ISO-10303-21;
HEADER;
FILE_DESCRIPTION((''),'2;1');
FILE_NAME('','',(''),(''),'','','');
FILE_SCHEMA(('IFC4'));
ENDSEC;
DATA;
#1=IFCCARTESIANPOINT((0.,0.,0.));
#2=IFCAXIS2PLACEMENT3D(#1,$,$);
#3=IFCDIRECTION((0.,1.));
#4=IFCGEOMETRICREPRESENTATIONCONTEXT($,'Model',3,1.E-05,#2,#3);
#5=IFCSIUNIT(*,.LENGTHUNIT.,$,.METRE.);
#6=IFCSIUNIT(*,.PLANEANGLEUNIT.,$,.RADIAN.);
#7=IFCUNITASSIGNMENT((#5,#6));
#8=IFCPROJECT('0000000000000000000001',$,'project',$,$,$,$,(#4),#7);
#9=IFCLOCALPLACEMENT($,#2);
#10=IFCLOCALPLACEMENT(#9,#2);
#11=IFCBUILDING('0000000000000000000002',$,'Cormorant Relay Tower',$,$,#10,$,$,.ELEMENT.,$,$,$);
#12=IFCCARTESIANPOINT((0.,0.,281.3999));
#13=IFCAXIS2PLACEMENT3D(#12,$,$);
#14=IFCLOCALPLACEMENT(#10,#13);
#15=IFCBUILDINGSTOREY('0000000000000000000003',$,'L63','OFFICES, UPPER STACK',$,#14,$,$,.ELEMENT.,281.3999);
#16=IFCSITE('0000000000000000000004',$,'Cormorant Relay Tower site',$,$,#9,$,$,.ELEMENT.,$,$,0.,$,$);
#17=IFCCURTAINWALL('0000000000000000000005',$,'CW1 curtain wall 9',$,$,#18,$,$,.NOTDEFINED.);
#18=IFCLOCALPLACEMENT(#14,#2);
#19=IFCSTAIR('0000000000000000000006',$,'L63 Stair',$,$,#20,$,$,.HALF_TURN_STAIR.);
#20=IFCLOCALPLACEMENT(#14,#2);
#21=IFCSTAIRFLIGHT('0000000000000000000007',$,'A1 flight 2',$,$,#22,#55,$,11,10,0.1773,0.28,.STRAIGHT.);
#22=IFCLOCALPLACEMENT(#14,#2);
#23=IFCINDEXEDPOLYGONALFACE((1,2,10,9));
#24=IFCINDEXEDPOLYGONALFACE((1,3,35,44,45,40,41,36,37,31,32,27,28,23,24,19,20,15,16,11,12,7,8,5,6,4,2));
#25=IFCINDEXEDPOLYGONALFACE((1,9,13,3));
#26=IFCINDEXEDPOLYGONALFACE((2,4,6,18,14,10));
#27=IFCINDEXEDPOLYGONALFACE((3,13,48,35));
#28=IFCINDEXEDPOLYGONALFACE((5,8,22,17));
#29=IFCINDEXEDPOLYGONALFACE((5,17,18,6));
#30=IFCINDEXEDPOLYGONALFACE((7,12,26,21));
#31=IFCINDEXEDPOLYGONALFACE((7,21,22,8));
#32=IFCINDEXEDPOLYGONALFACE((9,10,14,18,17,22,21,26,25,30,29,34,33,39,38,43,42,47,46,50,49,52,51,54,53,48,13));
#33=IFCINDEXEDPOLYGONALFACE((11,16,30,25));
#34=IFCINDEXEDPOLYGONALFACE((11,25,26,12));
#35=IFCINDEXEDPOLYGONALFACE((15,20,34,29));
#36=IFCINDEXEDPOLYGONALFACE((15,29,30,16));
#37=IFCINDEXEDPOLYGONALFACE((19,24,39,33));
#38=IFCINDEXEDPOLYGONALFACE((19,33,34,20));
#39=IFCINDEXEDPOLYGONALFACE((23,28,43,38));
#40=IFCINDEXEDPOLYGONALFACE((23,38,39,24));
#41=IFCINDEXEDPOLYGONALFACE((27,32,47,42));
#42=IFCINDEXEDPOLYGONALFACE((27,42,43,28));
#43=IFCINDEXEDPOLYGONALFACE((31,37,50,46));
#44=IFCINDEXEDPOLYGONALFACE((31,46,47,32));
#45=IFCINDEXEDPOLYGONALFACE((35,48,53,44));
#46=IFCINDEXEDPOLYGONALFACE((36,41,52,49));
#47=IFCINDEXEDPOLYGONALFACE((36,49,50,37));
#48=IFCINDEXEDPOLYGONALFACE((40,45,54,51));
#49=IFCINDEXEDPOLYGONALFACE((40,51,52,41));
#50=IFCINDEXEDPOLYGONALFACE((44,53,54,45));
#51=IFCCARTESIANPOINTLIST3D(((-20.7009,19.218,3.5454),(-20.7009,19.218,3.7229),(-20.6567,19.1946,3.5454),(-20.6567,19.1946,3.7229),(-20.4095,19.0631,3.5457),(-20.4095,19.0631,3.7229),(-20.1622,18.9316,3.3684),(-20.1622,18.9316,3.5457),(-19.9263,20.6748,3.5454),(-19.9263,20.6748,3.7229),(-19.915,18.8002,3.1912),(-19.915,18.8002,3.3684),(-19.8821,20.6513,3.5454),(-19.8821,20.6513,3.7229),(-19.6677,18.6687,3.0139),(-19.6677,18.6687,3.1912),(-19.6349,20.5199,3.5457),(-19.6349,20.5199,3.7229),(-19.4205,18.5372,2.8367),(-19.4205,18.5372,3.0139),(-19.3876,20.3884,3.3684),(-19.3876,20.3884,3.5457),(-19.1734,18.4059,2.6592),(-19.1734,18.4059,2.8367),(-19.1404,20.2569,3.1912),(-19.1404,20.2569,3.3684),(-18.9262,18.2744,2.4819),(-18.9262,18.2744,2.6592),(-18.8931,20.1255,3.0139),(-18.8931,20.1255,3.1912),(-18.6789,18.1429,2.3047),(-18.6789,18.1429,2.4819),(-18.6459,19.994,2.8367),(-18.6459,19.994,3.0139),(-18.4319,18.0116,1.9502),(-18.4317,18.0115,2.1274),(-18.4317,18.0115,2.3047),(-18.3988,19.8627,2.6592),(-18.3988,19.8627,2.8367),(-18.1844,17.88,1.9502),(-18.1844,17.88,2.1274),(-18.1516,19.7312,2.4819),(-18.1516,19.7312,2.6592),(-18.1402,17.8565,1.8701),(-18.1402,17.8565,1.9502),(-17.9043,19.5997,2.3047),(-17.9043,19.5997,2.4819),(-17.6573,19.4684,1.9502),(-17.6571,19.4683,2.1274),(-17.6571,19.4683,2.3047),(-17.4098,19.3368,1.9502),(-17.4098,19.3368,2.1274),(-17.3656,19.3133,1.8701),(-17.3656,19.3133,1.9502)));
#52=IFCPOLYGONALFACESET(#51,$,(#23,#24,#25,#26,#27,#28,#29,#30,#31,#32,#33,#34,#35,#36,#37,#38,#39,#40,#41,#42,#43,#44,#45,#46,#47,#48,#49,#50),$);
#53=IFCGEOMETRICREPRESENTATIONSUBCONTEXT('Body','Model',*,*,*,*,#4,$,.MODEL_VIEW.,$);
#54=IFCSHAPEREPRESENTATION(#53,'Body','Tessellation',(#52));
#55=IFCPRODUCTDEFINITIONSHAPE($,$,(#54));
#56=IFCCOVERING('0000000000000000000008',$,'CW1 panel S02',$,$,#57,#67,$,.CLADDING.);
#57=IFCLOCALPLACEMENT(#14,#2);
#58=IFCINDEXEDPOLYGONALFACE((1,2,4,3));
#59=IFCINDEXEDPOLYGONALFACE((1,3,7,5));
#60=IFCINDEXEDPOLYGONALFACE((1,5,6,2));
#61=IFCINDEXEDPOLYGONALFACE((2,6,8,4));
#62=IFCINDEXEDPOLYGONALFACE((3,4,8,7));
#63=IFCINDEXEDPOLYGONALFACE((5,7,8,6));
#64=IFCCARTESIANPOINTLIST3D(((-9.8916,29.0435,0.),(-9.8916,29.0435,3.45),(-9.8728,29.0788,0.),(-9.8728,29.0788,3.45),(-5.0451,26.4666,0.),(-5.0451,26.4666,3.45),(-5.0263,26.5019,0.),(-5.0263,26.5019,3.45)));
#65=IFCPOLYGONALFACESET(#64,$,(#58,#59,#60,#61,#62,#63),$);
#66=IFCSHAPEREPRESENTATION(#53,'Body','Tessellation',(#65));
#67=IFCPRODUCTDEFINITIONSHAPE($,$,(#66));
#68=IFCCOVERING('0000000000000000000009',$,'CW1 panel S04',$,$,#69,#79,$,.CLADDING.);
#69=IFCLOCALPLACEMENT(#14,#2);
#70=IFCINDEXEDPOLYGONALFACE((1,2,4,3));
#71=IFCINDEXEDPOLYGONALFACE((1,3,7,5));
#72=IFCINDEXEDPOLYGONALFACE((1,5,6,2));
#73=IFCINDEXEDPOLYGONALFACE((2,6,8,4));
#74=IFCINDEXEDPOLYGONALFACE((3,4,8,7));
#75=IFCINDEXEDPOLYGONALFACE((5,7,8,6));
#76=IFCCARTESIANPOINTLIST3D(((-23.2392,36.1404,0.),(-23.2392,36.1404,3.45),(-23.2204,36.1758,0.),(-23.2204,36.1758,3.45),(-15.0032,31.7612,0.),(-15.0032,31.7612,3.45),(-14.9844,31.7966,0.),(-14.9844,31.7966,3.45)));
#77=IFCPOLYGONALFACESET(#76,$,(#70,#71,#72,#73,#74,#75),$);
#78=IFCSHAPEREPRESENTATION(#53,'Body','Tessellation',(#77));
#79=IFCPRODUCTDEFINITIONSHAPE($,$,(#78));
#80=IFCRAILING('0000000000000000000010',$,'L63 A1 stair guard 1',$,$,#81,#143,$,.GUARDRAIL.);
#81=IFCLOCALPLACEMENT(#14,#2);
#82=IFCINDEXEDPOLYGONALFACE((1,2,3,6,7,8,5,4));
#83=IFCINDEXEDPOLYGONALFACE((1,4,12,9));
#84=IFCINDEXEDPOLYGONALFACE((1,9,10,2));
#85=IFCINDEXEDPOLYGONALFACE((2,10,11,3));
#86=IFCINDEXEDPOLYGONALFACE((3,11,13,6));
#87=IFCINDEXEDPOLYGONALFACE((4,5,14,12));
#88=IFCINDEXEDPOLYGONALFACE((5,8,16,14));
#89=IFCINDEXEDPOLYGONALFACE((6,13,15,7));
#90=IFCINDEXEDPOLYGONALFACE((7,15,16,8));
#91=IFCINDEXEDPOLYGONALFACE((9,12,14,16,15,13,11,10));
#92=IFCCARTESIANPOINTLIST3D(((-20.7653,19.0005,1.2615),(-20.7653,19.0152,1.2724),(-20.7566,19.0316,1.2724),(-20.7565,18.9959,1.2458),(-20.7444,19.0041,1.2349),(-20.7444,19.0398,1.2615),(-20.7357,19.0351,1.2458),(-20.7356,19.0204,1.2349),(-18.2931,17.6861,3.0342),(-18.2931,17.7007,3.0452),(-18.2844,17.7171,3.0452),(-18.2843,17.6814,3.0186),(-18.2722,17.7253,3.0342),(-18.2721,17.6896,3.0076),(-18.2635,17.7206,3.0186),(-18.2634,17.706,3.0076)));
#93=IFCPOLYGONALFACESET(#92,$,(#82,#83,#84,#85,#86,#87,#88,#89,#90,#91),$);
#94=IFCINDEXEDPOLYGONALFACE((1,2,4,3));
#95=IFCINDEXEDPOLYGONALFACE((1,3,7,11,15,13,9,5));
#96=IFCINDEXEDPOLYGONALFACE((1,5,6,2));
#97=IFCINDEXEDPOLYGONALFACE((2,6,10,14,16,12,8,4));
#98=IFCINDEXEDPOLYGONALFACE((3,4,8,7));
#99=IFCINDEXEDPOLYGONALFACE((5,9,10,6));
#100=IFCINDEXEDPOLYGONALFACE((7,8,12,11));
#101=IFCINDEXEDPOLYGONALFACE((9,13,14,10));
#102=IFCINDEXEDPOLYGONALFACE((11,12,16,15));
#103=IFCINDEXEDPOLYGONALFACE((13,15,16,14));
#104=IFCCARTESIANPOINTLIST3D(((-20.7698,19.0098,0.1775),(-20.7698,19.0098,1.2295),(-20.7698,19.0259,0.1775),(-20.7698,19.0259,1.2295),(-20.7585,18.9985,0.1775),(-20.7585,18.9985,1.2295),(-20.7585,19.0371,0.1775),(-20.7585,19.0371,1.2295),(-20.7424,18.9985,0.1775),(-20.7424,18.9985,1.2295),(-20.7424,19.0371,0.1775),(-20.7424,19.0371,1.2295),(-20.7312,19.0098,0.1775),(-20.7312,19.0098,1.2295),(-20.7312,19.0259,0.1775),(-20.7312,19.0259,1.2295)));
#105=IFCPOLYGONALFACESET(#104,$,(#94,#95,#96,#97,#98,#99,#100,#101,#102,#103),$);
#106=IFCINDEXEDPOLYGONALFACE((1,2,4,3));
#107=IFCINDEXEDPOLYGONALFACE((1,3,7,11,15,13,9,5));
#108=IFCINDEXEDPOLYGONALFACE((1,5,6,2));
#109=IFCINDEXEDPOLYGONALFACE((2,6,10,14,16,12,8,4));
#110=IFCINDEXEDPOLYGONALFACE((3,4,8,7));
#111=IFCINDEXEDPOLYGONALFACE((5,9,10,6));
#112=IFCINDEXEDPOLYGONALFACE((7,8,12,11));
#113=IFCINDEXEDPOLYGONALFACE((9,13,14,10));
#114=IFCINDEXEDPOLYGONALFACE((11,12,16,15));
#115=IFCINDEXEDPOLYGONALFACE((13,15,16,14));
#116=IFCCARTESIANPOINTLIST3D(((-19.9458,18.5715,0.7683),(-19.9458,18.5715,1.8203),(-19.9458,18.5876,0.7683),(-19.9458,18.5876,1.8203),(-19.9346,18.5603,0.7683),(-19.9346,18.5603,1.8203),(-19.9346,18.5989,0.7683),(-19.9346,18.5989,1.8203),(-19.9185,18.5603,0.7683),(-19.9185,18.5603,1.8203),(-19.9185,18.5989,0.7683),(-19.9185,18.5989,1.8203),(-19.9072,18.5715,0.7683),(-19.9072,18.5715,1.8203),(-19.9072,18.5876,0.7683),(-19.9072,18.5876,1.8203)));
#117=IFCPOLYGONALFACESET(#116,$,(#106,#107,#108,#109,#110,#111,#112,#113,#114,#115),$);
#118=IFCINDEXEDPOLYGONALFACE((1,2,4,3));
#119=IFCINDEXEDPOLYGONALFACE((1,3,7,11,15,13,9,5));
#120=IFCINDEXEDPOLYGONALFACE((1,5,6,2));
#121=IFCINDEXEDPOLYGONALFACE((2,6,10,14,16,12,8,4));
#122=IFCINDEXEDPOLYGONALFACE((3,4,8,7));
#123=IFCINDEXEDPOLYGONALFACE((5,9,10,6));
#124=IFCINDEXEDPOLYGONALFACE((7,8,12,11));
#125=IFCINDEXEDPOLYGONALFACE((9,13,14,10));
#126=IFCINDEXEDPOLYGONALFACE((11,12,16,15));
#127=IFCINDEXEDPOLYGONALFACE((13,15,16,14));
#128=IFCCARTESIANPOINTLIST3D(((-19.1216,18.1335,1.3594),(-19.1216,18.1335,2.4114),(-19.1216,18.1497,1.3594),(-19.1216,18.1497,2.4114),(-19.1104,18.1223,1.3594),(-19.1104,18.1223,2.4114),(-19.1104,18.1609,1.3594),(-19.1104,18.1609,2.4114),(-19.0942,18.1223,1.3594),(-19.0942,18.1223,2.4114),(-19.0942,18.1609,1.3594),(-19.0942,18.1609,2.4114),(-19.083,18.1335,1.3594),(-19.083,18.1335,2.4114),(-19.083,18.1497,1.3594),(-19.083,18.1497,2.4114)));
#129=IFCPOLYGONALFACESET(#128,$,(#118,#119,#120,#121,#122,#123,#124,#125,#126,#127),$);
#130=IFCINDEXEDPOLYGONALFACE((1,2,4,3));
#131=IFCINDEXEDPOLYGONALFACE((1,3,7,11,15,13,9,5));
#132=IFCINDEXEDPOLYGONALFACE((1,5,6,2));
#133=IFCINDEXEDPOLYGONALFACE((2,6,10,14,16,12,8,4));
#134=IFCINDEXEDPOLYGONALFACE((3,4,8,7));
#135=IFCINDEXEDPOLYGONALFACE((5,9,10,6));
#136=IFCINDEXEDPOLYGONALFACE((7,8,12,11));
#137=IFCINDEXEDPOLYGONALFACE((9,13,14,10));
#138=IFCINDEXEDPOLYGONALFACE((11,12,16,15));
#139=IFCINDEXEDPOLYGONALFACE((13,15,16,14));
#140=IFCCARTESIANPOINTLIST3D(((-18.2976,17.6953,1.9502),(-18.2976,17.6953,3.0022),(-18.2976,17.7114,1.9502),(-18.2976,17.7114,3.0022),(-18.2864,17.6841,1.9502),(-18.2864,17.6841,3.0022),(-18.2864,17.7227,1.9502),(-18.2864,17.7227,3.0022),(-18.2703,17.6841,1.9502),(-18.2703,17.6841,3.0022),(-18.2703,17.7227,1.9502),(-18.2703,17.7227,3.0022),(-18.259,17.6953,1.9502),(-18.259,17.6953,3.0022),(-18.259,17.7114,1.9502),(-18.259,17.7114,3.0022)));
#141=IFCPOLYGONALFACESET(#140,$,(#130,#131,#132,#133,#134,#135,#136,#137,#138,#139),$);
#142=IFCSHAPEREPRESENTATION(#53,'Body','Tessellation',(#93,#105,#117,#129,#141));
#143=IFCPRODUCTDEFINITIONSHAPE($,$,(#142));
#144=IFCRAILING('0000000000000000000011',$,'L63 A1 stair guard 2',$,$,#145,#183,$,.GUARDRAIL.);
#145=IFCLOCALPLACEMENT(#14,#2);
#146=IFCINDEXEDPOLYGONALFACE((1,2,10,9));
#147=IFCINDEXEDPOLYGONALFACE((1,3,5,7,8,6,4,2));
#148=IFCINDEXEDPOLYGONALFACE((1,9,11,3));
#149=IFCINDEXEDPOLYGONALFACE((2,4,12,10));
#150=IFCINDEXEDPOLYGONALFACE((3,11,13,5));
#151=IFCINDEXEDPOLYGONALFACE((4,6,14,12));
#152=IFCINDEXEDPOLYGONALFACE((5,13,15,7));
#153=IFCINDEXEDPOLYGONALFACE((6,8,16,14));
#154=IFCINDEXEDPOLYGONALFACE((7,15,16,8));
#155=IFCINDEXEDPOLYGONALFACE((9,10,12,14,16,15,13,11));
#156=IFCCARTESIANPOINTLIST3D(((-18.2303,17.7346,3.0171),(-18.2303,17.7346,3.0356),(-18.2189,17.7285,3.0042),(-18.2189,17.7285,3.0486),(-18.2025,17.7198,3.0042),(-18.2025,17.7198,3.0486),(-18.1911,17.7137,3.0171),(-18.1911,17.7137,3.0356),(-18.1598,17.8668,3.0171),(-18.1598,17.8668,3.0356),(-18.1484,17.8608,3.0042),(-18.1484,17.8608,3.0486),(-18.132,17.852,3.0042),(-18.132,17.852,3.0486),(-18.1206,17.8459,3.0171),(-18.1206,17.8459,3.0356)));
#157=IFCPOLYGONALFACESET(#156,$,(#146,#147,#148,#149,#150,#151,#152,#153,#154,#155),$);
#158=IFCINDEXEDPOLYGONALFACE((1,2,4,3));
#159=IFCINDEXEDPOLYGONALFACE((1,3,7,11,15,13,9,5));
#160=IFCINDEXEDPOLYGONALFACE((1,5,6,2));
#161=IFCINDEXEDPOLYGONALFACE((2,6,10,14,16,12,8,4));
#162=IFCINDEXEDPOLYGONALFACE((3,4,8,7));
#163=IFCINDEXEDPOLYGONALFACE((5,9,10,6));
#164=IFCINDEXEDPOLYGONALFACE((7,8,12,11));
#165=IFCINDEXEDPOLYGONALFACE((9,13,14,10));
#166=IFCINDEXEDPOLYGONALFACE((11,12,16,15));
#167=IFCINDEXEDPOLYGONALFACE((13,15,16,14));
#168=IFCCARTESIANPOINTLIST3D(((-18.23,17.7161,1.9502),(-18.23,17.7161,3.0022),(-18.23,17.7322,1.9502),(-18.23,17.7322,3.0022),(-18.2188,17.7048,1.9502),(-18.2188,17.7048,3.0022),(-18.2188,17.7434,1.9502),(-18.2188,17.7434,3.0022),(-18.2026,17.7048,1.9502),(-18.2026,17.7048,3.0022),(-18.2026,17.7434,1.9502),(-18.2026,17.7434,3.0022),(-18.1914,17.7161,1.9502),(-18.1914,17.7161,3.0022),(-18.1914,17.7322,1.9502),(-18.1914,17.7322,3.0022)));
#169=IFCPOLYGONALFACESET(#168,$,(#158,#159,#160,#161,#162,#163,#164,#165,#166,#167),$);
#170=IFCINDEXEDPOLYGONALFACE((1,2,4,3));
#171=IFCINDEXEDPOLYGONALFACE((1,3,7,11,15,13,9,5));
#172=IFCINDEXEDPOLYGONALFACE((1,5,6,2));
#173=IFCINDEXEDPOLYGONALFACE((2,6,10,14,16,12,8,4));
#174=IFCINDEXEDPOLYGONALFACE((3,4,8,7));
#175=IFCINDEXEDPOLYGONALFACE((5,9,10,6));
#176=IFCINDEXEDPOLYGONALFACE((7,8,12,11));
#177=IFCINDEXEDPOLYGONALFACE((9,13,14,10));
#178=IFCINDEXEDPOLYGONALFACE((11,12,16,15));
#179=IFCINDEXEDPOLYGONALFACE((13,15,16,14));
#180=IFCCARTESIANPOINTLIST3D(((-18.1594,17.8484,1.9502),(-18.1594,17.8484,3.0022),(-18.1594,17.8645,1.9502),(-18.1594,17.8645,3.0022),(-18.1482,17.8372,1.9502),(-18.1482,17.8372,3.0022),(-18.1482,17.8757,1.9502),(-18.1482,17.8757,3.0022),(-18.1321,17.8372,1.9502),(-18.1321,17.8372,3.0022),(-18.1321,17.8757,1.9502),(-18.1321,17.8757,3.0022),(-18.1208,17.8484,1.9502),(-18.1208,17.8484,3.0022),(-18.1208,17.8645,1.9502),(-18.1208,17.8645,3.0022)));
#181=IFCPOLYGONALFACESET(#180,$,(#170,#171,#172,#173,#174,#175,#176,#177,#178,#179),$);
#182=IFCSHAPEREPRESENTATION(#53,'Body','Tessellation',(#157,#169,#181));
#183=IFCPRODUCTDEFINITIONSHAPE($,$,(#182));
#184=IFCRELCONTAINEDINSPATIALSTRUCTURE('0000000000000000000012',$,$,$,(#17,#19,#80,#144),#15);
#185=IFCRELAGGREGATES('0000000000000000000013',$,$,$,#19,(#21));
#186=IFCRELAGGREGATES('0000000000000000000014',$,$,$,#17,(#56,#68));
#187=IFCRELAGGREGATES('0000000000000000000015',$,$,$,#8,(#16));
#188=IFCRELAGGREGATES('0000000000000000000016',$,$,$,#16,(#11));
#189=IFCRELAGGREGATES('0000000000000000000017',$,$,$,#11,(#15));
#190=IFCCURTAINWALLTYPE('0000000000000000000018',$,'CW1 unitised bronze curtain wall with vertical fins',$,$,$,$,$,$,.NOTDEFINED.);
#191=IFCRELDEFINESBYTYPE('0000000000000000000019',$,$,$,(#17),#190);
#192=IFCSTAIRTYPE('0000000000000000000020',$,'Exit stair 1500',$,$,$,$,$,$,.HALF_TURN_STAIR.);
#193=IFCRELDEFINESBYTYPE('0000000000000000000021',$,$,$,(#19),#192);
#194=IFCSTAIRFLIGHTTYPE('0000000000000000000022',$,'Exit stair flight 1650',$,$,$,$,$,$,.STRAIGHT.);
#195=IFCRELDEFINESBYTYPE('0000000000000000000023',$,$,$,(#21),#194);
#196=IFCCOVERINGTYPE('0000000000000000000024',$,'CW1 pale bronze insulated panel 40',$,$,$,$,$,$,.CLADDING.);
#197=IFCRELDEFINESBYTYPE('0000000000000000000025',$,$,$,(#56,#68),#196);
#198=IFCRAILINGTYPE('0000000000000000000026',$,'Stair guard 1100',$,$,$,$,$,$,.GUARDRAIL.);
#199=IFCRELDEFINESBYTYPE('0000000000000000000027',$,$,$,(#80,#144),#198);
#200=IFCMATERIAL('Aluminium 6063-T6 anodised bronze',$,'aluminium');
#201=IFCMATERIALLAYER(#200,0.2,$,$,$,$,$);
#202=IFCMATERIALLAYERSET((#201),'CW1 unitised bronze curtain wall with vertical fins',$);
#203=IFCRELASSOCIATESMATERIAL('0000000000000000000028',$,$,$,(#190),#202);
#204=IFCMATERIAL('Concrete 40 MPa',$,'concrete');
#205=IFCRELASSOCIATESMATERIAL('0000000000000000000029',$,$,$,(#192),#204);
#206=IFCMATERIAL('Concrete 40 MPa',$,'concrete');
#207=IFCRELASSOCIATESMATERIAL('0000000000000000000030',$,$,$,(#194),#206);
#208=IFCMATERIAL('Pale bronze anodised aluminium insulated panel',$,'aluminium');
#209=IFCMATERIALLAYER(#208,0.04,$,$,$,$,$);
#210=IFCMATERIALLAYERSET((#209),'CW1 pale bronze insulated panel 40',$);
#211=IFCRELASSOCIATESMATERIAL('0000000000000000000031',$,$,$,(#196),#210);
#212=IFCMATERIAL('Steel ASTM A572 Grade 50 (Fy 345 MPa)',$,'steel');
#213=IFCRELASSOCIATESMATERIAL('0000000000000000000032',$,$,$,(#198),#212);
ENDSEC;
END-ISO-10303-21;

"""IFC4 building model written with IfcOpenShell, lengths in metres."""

from ifc_helpers import new_model, si_unit, direction, frame, origin, origin_2d, place, context, subcontext, project, spatial, polyline, rectangle, outline, extrude, material, layer, layer_set, type_object, element, aggregate, save


model = new_model("IFC4")

# Units and contexts
model_context = context("Model", 3, precision=1e-05, world=origin(), true_north=direction((0.0, 1.0)))
body_context = subcontext(model_context, "Body", "Model", "MODEL_VIEW")
ifc_project = project(units=[si_unit("LENGTHUNIT", "METRE"), si_unit("PLANEANGLEUNIT", "RADIAN")], contexts=[model_context])

# Site, building, storey
site_placement = place(None, origin())
site = spatial("IfcSite", under=ifc_project, at=site_placement, Name="Cormorant Relay Tower site", CompositionType="ELEMENT", RefElevation=0.0)
building_placement = place(site_placement, origin())
building = spatial("IfcBuilding", under=site, at=building_placement, Name="Cormorant Relay Tower", CompositionType="ELEMENT")
storey_placement = place(building_placement, frame((0.0, 0.0, 281.3999)))
storey = spatial("IfcBuildingStorey", under=building, at=storey_placement, Name="L63", Description="OFFICES, UPPER STACK", CompositionType="ELEMENT", Elevation=281.3999)

# Curtain wall
ifc_material_1 = material(Name="Aluminium 6063-T6 anodised bronze", Category="aluminium")
ifc_layer_1 = layer(ifc_material_1, 0.2)
ifc_layer_set_1 = layer_set([ifc_layer_1], Name="CW1 unitised bronze curtain wall with vertical fins")
curtain_wall_type = type_object("IfcCurtainWallType", Name="CW1 unitised bronze curtain wall with vertical fins", PredefinedType="NOTDEFINED", material=ifc_layer_set_1)
curtain_wall_placement = place(storey_placement, origin())
curtain_wall = element("IfcCurtainWall", 1, at=curtain_wall_placement, inside=storey, type_object=curtain_wall_type, Name="CW1 curtain wall 9", PredefinedType="NOTDEFINED")

# Stair, stair flight
ifc_material_2 = material(Name="Concrete 40 MPa", Category="concrete")
stair_type = type_object("IfcStairType", Name="Exit stair 1500", PredefinedType="HALF_TURN_STAIR", material=ifc_material_2)
stair_placement = place(storey_placement, origin())
stair = element("IfcStair", 2, at=stair_placement, inside=storey, type_object=stair_type, Name="L63 Stair", PredefinedType="HALF_TURN_STAIR")
ifc_material_3 = material(Name="Concrete 40 MPa", Category="concrete")
stair_flight_type = type_object("IfcStairFlightType", Name="Exit stair flight 1650", PredefinedType="STRAIGHT", material=ifc_material_3)
stair_flight_1_placement = place(storey_placement, frame((-17.7971, 18.6084, 1.9502), z_axis=(0.0, 0.0, 1.0), x_axis=(-0.882948, 0.469472, 0.0)))
stair_flight_1 = element("IfcStairFlight", 3, at=stair_flight_1_placement, type_object=stair_flight_type, Name="A1 flight 2", NumberOfRisers=11, NumberOfTreads=10, PredefinedType="STRAIGHT", RiserHeight=0.1773, TreadLength=0.28, context=body_context, shape_type="SweptSolid", body=[
    extrude(outline(polyline([(-0.05, -0.0801), (-0.05, 0.0), (0.0, 0.0), (0.0, 0.1772), (0.28, 0.1772), (0.28, 0.3545), (0.5601, 0.3545), (0.5601, 0.5317), (0.8401, 0.5317), (0.8401, 0.709), (1.1201, 0.709), (1.1201, 0.8865), (1.3999, 0.8865), (1.3999, 1.0637), (1.6799, 1.0637), (1.6799, 1.241), (1.96, 1.241), (1.96, 1.4182), (2.24, 1.4182), (2.24, 1.5955), (2.52, 1.5955), (2.52, 1.7727), (2.8, 1.7727), (2.8501, 1.7727), (2.8501, 1.5952), (2.8, 1.5952), (0.2803, 0.0), (-0.05, -0.0801)])), frame((0.0, 0.825, 0.0), z_axis=(0.0, -1.0, 0.0), x_axis=(1.0, 0.0, 0.0)), (0.0, 0.0, 1.0), 1.6499),
])
aggregate(stair, [stair_flight_1])

# Coverings
ifc_material_4 = material(Name="Pale bronze anodised aluminium insulated panel", Category="aluminium")
ifc_layer_2 = layer(ifc_material_4, 0.04)
ifc_layer_set_2 = layer_set([ifc_layer_2], Name="CW1 pale bronze insulated panel 40")
covering_type = type_object("IfcCoveringType", Name="CW1 pale bronze insulated panel 40", PredefinedType="CLADDING", material=ifc_layer_set_2)
covering_1_placement = place(storey_placement, frame((-7.459, 27.7727, 0.0), z_axis=(0.0, 0.0, 1.0), x_axis=(-0.882948, 0.469472, 0.0)))
covering_1 = element("IfcCovering", 4, at=covering_1_placement, type_object=covering_type, Name="CW1 panel S02", PredefinedType="CLADDING", context=body_context, shape_type="SweptSolid", body=[
    extrude(rectangle(XDim=5.489, YDim=0.04, at=origin_2d()), origin(), (0.0, 0.0, 1.0), 3.45),
])
covering_2_placement = place(storey_placement, frame((-19.1118, 33.9685, 0.0), z_axis=(0.0, 0.0, 1.0), x_axis=(-0.882948, 0.469472, 0.0)))
covering_2 = element("IfcCovering", 5, at=covering_2_placement, type_object=covering_type, Name="CW1 panel S04", PredefinedType="CLADDING", context=body_context, shape_type="SweptSolid", body=[
    extrude(rectangle(XDim=9.3279, YDim=0.04, at=origin_2d()), origin(), (0.0, 0.0, 1.0), 3.45),
])
aggregate(curtain_wall, [covering_1, covering_2])

# Railings
ifc_material_5 = material(Name="Steel ASTM A572 Grade 50 (Fy 345 MPa)", Category="steel")
railing_type_1 = type_object("IfcRailingType", Name="Stair guard 1100", PredefinedType="GUARDRAIL", material=ifc_material_5)
railing_1_placement = place(storey_placement, frame((-20.7505, 19.0178, 0.1775)))
element("IfcRailing", 6, at=railing_1_placement, inside=storey, type_object=railing_type_1, Name="L63 A1 stair guard 1", PredefinedType="GUARDRAIL", context=body_context, shape_type="SweptSolid", body=[
    extrude(outline(polyline([(0.0222, 0.0093), (0.0093, 0.0222), (-0.0093, 0.0222), (-0.0222, 0.0093), (-0.0222, -0.0093), (-0.0093, -0.0222), (0.0093, -0.0222), (0.0222, -0.0093), (0.0222, 0.0093)])), frame((0.0, 0.0, 1.0762), z_axis=(0.746001, -0.396649, 0.534931), x_axis=(0.469465, 0.882951, 0.0)), (0.0, 0.0, 1.0), 3.314),
    extrude(outline(polyline([(0.0193, 0.0081), (0.0081, 0.0193), (-0.0081, 0.0193), (-0.0193, 0.0081), (-0.0193, -0.0081), (-0.0081, -0.0193), (0.0081, -0.0193), (0.0193, -0.0081), (0.0193, 0.0081)])), origin(), (0.0, 0.0, 1.0), 1.052),
    extrude(outline(polyline([(0.0193, 0.0081), (0.0081, 0.0193), (-0.0081, 0.0193), (-0.0193, 0.0081), (-0.0193, -0.0081), (-0.0081, -0.0193), (0.0081, -0.0193), (0.0193, -0.0081), (0.0193, 0.0081)])), frame((0.824, -0.4382, 0.5908)), (0.0, 0.0, 1.0), 1.052),
    extrude(outline(polyline([(0.0193, 0.0081), (0.0081, 0.0193), (-0.0081, 0.0193), (-0.0193, 0.0081), (-0.0193, -0.0081), (-0.0081, -0.0193), (0.0081, -0.0193), (0.0193, -0.0081), (0.0193, 0.0081)])), frame((1.6482, -0.8762, 1.1819)), (0.0, 0.0, 1.0), 1.052),
    extrude(outline(polyline([(0.0193, 0.0081), (0.0081, 0.0193), (-0.0081, 0.0193), (-0.0193, 0.0081), (-0.0193, -0.0081), (-0.0081, -0.0193), (0.0081, -0.0193), (0.0193, -0.0081), (0.0193, 0.0081)])), frame((2.4722, -1.3145, 1.7727)), (0.0, 0.0, 1.0), 1.052),
])
railing_2_placement = place(storey_placement, frame((-18.2107, 17.7241, 1.9502)))
element("IfcRailing", 7, at=railing_2_placement, inside=storey, type_object=railing_type_1, Name="L63 A1 stair guard 2", PredefinedType="GUARDRAIL", context=body_context, shape_type="SweptSolid", body=[
    extrude(outline(polyline([(0.0222, 0.0093), (0.0093, 0.0222), (-0.0093, 0.0222), (-0.0222, 0.0093), (-0.0222, -0.0093), (-0.0093, -0.0222), (0.0093, -0.0222), (0.0222, -0.0093), (0.0222, 0.0093)])), frame((0.0, 0.0, 1.0762), z_axis=(0.470504, 0.882398, 0.0), x_axis=(-0.882398, 0.470504, 0.0)), (0.0, 0.0, 1.0), 0.1499),
    extrude(outline(polyline([(0.0193, 0.0081), (0.0081, 0.0193), (-0.0081, 0.0193), (-0.0193, 0.0081), (-0.0193, -0.0081), (-0.0081, -0.0193), (0.0081, -0.0193), (0.0193, -0.0081), (0.0193, 0.0081)])), origin(), (0.0, 0.0, 1.0), 1.052),
    extrude(outline(polyline([(0.0193, 0.0081), (0.0081, 0.0193), (-0.0081, 0.0193), (-0.0193, 0.0081), (-0.0193, -0.0081), (-0.0081, -0.0193), (0.0081, -0.0193), (0.0193, -0.0081), (0.0193, 0.0081)])), frame((0.0706, 0.1323, 0.0)), (0.0, 0.0, 1.0), 1.052),
])

save(model, "model.ifc")
